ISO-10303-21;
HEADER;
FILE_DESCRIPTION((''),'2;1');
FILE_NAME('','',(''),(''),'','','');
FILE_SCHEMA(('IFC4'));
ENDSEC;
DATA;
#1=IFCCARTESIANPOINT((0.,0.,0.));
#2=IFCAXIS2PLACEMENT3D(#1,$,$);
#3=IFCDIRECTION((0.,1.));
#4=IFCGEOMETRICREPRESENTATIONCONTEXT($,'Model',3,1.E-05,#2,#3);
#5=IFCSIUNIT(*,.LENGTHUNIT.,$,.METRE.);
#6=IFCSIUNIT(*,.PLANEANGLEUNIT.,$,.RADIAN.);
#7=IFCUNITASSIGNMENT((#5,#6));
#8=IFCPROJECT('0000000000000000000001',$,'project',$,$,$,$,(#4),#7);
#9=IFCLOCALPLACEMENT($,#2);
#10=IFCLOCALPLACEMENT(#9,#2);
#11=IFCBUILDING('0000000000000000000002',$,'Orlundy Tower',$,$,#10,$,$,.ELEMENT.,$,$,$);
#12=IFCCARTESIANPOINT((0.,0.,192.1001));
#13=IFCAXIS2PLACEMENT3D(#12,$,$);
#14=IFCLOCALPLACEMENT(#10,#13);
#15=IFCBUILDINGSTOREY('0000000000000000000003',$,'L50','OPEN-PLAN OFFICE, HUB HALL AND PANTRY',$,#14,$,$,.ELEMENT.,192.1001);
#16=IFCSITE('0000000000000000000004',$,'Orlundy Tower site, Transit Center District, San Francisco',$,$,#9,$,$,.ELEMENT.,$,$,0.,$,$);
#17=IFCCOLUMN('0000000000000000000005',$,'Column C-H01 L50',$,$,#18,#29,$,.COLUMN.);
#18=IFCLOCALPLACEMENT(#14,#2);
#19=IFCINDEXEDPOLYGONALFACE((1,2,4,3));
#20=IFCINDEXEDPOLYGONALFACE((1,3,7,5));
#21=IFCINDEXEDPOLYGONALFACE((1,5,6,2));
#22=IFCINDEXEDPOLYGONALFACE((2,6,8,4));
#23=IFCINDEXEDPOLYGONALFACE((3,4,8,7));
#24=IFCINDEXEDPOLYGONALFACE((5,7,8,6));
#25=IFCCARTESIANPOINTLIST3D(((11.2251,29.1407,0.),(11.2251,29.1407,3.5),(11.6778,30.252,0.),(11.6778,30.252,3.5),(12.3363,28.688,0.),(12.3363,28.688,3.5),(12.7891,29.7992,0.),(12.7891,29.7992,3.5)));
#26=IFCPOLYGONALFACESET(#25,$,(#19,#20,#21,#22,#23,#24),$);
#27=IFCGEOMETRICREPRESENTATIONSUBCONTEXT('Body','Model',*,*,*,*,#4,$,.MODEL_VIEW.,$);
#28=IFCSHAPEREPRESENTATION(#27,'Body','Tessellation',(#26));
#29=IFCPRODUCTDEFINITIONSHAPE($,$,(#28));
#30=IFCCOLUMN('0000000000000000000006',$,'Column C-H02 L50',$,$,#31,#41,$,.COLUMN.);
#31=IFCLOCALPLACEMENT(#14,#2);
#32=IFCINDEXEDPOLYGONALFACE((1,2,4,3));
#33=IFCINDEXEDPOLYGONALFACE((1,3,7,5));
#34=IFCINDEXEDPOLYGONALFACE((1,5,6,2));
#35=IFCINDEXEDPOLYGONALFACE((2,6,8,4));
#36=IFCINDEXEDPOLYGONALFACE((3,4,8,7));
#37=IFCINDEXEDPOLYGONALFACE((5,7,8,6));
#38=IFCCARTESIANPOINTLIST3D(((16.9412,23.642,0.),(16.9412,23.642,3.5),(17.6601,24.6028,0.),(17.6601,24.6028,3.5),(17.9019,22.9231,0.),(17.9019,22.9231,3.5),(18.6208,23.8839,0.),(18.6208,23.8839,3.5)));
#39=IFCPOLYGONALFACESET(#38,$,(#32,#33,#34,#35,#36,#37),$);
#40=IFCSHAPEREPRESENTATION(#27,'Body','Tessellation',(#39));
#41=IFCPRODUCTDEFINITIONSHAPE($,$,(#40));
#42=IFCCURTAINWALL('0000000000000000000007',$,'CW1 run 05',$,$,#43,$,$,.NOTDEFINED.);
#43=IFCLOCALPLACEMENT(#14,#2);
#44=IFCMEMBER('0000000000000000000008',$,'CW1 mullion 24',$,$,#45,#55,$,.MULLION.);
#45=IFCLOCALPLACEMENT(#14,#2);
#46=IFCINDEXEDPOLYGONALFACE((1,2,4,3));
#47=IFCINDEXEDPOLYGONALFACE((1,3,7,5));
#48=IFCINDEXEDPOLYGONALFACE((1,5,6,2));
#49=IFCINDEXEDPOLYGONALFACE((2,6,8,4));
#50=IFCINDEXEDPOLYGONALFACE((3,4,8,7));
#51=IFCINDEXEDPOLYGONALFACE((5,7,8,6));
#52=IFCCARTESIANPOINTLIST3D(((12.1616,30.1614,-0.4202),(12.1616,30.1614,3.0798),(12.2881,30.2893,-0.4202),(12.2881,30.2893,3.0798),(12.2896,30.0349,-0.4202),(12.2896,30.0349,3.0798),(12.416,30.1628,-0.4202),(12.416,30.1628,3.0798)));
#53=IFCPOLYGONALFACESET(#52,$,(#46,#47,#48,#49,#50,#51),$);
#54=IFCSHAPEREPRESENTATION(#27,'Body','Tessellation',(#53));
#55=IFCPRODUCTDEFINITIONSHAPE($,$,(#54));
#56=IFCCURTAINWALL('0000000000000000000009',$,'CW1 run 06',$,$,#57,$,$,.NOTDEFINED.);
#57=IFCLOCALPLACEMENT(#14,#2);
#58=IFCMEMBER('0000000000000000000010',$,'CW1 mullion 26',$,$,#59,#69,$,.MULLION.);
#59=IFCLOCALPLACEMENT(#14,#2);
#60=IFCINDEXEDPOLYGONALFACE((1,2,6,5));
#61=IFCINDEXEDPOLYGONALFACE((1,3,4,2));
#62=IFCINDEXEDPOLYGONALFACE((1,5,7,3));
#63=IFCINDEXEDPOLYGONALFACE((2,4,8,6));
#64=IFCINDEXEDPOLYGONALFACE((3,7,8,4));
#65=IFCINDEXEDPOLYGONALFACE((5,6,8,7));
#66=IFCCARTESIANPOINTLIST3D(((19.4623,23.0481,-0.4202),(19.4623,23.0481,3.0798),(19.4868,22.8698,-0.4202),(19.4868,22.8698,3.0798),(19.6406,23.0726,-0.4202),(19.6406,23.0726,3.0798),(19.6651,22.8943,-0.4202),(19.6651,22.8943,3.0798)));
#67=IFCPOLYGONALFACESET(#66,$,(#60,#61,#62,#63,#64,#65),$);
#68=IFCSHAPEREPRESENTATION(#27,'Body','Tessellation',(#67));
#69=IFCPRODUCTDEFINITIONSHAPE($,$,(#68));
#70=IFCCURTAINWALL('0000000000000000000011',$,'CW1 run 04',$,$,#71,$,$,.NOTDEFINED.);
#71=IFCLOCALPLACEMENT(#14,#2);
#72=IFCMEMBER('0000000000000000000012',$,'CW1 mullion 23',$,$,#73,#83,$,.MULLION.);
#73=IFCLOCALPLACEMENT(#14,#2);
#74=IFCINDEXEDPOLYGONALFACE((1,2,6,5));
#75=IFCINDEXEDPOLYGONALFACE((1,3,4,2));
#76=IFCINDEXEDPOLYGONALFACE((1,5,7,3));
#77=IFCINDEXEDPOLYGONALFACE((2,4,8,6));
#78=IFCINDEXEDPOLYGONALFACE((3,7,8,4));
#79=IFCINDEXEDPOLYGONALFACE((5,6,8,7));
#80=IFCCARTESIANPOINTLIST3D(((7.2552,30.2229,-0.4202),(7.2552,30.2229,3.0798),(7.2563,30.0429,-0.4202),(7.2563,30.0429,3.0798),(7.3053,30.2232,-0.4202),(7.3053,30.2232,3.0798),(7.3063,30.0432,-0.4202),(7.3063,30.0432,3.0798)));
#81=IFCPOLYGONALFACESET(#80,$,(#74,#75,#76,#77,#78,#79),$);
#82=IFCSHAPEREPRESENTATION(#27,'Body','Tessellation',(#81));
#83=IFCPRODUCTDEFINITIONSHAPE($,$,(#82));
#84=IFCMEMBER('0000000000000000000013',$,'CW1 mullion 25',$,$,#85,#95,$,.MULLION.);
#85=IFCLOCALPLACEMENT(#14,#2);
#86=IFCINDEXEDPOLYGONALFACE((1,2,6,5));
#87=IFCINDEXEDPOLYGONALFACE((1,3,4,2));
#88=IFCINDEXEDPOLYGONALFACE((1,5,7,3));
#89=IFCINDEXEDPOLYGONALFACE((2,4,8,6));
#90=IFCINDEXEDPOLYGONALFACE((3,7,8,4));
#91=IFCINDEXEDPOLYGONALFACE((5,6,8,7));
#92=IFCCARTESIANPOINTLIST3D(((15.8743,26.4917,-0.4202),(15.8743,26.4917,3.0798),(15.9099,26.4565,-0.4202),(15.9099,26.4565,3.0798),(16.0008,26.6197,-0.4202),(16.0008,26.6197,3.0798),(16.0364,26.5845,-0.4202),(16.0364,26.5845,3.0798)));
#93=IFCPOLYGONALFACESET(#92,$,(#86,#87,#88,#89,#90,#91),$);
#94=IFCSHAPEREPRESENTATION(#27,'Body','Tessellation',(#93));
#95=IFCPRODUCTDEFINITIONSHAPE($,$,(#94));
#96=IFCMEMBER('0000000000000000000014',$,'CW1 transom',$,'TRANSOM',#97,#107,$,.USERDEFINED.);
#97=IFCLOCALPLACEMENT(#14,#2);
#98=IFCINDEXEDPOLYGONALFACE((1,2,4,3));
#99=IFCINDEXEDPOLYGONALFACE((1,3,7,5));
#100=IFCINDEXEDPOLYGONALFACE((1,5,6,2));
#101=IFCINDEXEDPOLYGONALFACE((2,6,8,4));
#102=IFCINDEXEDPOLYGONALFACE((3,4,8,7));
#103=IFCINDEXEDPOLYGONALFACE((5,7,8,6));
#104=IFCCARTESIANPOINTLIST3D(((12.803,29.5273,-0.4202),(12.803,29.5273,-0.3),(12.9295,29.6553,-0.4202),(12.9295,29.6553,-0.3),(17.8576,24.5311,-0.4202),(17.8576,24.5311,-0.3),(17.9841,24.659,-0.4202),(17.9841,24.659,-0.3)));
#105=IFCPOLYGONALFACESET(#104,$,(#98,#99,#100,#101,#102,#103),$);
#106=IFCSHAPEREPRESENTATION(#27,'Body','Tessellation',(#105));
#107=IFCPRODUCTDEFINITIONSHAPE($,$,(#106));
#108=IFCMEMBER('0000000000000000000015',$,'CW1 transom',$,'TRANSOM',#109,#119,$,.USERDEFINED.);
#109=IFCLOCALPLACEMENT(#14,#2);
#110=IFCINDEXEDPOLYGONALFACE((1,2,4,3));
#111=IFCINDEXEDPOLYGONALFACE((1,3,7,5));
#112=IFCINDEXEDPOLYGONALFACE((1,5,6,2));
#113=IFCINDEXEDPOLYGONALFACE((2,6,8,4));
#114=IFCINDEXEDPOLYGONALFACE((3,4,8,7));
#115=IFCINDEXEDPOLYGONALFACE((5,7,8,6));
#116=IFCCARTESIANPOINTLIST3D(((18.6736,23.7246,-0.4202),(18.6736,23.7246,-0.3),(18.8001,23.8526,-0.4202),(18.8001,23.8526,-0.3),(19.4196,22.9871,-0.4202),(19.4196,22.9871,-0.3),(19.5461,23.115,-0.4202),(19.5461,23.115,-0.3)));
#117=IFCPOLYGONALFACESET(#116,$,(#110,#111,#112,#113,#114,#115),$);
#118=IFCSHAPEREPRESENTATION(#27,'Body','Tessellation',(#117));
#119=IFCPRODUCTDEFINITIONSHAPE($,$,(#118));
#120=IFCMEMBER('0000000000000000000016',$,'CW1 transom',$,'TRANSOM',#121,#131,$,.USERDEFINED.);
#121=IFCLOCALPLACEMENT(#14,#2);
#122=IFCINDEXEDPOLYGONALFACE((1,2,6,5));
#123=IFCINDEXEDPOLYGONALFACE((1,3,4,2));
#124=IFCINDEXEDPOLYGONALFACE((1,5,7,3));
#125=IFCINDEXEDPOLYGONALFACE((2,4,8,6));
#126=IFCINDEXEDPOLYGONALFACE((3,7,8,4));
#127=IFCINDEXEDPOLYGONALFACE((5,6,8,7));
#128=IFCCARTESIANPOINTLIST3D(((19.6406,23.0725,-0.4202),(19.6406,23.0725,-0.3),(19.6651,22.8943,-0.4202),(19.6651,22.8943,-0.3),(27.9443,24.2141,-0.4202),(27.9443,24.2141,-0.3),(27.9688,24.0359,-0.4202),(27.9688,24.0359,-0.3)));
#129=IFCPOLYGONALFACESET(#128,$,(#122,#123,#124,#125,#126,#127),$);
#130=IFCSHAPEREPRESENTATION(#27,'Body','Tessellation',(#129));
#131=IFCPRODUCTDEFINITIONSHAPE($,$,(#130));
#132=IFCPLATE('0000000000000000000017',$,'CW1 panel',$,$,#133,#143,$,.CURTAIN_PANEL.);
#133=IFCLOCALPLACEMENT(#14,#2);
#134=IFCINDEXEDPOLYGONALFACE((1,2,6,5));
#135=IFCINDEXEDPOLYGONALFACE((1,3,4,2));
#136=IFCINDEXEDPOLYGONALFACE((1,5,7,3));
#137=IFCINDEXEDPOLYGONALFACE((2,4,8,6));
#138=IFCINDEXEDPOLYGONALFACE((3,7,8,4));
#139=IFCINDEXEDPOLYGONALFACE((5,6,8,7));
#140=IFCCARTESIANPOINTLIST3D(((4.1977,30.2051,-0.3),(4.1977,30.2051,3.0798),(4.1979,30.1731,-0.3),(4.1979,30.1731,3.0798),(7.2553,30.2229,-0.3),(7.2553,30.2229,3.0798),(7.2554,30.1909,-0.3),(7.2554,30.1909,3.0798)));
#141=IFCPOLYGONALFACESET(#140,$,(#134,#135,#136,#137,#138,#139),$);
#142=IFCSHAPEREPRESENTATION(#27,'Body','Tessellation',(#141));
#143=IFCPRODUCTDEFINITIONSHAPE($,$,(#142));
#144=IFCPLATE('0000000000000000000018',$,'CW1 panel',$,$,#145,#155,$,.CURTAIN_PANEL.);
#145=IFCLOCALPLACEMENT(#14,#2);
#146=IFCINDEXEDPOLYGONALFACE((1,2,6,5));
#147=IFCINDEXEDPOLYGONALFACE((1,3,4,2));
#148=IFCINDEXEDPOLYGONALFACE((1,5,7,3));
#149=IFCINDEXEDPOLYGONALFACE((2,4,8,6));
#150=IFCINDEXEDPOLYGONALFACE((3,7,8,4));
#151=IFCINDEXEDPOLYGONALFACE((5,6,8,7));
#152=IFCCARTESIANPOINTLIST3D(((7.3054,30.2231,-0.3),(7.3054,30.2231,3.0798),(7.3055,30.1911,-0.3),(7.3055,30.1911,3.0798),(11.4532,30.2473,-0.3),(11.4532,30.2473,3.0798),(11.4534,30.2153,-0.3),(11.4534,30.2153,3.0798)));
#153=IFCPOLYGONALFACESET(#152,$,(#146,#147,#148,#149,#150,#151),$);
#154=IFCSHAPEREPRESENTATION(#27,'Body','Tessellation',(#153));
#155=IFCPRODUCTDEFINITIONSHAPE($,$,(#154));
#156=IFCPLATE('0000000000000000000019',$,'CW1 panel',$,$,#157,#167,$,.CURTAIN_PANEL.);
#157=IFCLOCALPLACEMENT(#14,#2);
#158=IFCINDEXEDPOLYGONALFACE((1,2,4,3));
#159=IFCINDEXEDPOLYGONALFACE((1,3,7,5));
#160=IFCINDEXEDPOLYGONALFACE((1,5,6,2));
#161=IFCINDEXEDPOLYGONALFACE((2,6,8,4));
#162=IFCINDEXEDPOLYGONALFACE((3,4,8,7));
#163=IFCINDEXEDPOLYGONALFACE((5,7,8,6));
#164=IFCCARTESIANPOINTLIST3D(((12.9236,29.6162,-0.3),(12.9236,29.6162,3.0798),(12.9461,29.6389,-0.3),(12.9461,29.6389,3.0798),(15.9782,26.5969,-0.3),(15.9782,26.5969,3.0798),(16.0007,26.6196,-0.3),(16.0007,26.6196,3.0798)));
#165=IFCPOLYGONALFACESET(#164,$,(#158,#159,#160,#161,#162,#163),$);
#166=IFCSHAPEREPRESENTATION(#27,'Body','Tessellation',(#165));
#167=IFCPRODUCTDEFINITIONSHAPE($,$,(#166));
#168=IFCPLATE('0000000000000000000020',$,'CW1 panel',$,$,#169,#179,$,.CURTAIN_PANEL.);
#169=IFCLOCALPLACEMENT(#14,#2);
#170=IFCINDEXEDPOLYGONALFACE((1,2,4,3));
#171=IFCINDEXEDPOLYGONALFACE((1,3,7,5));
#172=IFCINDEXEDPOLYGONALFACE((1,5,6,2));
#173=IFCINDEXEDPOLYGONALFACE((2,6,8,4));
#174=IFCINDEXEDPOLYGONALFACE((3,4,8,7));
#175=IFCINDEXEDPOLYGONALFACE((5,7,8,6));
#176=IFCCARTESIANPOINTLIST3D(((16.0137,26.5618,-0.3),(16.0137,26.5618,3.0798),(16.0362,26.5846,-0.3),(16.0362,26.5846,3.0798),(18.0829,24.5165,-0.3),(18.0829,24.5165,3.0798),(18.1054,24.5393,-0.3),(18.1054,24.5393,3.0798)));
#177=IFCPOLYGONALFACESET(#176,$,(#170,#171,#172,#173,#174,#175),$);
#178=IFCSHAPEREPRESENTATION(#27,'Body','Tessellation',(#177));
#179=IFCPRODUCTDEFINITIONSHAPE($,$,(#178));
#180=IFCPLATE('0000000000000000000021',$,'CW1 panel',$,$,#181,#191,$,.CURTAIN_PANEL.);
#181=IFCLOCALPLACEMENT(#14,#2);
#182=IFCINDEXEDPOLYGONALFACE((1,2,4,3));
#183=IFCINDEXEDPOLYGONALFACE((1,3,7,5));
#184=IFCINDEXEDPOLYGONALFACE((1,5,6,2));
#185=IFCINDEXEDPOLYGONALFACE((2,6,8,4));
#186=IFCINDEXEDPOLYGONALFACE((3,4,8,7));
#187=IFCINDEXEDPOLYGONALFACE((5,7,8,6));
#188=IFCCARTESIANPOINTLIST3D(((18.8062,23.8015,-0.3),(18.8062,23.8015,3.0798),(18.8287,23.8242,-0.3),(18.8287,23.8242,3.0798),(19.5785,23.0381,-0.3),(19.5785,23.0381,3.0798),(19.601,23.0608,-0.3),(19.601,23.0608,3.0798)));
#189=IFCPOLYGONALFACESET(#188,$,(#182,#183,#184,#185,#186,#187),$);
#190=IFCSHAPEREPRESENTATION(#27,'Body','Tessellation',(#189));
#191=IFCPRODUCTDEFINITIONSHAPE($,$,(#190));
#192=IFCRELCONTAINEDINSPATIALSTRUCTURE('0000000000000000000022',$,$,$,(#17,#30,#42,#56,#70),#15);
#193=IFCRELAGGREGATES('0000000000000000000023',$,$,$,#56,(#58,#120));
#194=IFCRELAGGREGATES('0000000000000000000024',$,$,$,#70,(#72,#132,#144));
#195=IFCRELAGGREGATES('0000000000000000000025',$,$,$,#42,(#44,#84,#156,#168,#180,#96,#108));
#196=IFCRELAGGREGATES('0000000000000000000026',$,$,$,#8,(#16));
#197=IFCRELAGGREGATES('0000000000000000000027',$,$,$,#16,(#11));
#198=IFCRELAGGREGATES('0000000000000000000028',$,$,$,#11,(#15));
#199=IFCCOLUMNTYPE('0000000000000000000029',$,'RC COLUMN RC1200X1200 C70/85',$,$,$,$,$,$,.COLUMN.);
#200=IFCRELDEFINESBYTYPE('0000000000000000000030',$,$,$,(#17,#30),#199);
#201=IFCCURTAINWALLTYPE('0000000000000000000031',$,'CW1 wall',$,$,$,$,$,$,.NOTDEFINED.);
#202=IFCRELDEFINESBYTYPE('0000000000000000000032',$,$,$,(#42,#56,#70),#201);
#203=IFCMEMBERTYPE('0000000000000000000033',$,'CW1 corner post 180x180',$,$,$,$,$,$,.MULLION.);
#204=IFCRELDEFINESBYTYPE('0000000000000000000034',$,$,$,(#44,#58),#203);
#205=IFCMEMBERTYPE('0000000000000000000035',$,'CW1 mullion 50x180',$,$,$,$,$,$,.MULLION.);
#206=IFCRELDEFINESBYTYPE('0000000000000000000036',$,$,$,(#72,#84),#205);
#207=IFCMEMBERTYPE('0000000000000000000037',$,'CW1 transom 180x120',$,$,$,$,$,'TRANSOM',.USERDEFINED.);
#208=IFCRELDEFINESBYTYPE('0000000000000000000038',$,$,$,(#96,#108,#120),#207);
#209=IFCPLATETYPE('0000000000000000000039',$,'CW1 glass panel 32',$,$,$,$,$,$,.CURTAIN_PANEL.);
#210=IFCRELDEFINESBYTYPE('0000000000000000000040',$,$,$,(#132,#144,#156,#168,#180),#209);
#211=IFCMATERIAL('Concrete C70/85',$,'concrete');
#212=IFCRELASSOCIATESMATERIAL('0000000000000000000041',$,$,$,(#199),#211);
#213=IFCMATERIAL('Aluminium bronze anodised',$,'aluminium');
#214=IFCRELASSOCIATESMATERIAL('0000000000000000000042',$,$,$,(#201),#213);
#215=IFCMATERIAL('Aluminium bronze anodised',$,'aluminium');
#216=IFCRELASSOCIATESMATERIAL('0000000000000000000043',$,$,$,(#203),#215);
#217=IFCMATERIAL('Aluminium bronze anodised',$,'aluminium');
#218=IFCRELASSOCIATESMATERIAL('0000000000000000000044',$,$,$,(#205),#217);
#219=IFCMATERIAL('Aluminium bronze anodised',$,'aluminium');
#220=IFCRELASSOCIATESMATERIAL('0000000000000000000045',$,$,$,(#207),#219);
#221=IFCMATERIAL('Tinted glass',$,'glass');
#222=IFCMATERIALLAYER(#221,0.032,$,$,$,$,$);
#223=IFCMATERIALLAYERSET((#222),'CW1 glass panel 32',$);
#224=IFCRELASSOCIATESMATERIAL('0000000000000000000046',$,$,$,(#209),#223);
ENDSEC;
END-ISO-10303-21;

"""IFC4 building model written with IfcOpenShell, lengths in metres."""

from ifc_helpers import new_model, si_unit, direction, frame, origin, origin_2d, place, context, subcontext, project, spatial, rectangle, extrude, material, layer, layer_set, material_profile, profile_set, type_object, element, aggregate, save


model = new_model("IFC4")

# Units and contexts
model_context = context("Model", 3, precision=1e-05, world=origin(), true_north=direction((0.0, 1.0)))
body_context = subcontext(model_context, "Body", "Model", "MODEL_VIEW")
ifc_project = project(units=[si_unit("LENGTHUNIT", "METRE"), si_unit("PLANEANGLEUNIT", "RADIAN")], contexts=[model_context])

# Site, building, storey
site_placement = place(None, origin())
site = spatial("IfcSite", under=ifc_project, at=site_placement, Name="Orlundy Tower site, Transit Center District, San Francisco", CompositionType="ELEMENT", RefElevation=0.0)
building_placement = place(site_placement, origin())
building = spatial("IfcBuilding", under=site, at=building_placement, Name="Orlundy Tower", CompositionType="ELEMENT")
storey_placement = place(building_placement, frame((0.0, 0.0, 192.1001)))
storey = spatial("IfcBuildingStorey", under=building, at=storey_placement, Name="L50", Description="OPEN-PLAN OFFICE, HUB HALL AND PANTRY", CompositionType="ELEMENT", Elevation=192.1001)

# Columns
ifc_material_1 = material(Name="Concrete C70/85", Category="concrete")
ifc_material_profile_1 = material_profile(ifc_material_1, rectangle(XDim=1.2, YDim=1.2, at=origin_2d()), Name="RC1200X1200")
ifc_profile_set_1 = profile_set([ifc_material_profile_1], Name="Concrete C70/85")
column_type = type_object("IfcColumnType", Name="RC COLUMN RC1200X1200 C70/85", PredefinedType="COLUMN", material=ifc_profile_set_1)
for number, where, z_axis, x_axis, name in (
    (1, (12.0071, 29.47, 0.0), (0.0, 0.0, 1.0), (0.377324, 0.926081, 0.0), "Column C-H01 L50"),
    (2, (17.781, 23.7629, 0.0), (0.0, 0.0, 1.0), (0.599107, 0.800669, 0.0), "Column C-H02 L50"),
):
    element("IfcColumn", number, at=place(storey_placement, frame(where, z_axis=z_axis, x_axis=x_axis)), inside=storey, type_object=column_type, Name=name, PredefinedType="COLUMN", context=body_context, shape_type="SweptSolid", body=[
        extrude(rectangle(XDim=1.2, YDim=1.2, at=origin_2d()), origin(), (0.0, 0.0, 1.0), 3.5),
    ])

# Curtain walls, members
ifc_material_2 = material(Name="Aluminium bronze anodised", Category="aluminium")
curtain_wall_type = type_object("IfcCurtainWallType", Name="CW1 wall", PredefinedType="NOTDEFINED", material=ifc_material_2)
curtain_wall_1_placement = place(storey_placement, origin())
curtain_wall_1 = element("IfcCurtainWall", 3, at=curtain_wall_1_placement, inside=storey, type_object=curtain_wall_type, Name="CW1 run 05", PredefinedType="NOTDEFINED")
ifc_material_3 = material(Name="Aluminium bronze anodised", Category="aluminium")
ifc_material_profile_2 = material_profile(ifc_material_3, rectangle(XDim=0.1799, YDim=0.1799, at=origin_2d()), Name="CW1 corner post 180x180")
ifc_profile_set_2 = profile_set([ifc_material_profile_2], Name="Aluminium bronze anodised")
member_type_1 = type_object("IfcMemberType", Name="CW1 corner post 180x180", PredefinedType="MULLION", material=ifc_profile_set_2)
member_1_placement = place(storey_placement, frame((12.2888, 30.1621, -0.4202), z_axis=(0.0, 0.0, 1.0), x_axis=(0.702992, 0.711198, 0.0)))
member_1 = element("IfcMember", 4, at=member_1_placement, type_object=member_type_1, Name="CW1 mullion 24", PredefinedType="MULLION", context=body_context, shape_type="SweptSolid", body=[
    extrude(rectangle(XDim=0.1799, YDim=0.1799, at=origin_2d()), origin(), (0.0, 0.0, 1.0), 3.5),
])
curtain_wall_2_placement = place(storey_placement, origin())
curtain_wall_2 = element("IfcCurtainWall", 5, at=curtain_wall_2_placement, inside=storey, type_object=curtain_wall_type, Name="CW1 run 06", PredefinedType="NOTDEFINED")
member_2_placement = place(storey_placement, frame((19.5637, 22.9712, -0.4202), z_axis=(0.0, 0.0, 1.0), x_axis=(-0.136185, 0.990683, 0.0)))
member_2 = element("IfcMember", 6, at=member_2_placement, type_object=member_type_1, Name="CW1 mullion 26", PredefinedType="MULLION", context=body_context, shape_type="SweptSolid", body=[
    extrude(rectangle(XDim=0.1799, YDim=0.1799, at=origin_2d()), origin(), (0.0, 0.0, 1.0), 3.5),
])
curtain_wall_3_placement = place(storey_placement, origin())
curtain_wall_3 = element("IfcCurtainWall", 7, at=curtain_wall_3_placement, inside=storey, type_object=curtain_wall_type, Name="CW1 run 04", PredefinedType="NOTDEFINED")
ifc_material_4 = material(Name="Aluminium bronze anodised", Category="aluminium")
ifc_material_profile_3 = material_profile(ifc_material_4, rectangle(XDim=0.1799, YDim=0.05, at=origin_2d()), Name="CW1 mullion 50x180")
ifc_profile_set_3 = profile_set([ifc_material_profile_3], Name="Aluminium bronze anodised")
member_type_2 = type_object("IfcMemberType", Name="CW1 mullion 50x180", PredefinedType="MULLION", material=ifc_profile_set_3)
member_3_placement = place(storey_placement, frame((7.2808, 30.1331, -0.4202), z_axis=(0.0, 0.0, 1.0), x_axis=(-0.005834, 0.999983, 0.0)))
member_3 = element("IfcMember", 8, at=member_3_placement, type_object=member_type_2, Name="CW1 mullion 23", PredefinedType="MULLION", context=body_context, shape_type="SweptSolid", body=[
    extrude(rectangle(XDim=0.1799, YDim=0.05, at=origin_2d()), origin(), (0.0, 0.0, 1.0), 3.5),
])

# Members
member_4_placement = place(storey_placement, frame((15.9553, 26.5381, -0.4202), z_axis=(0.0, 0.0, 1.0), x_axis=(0.702992, 0.711198, 0.0)))
member_4 = element("IfcMember", 9, at=member_4_placement, type_object=member_type_2, Name="CW1 mullion 25", PredefinedType="MULLION", context=body_context, shape_type="SweptSolid", body=[
    extrude(rectangle(XDim=0.1799, YDim=0.05, at=origin_2d()), origin(), (0.0, 0.0, 1.0), 3.5),
])
ifc_material_5 = material(Name="Aluminium bronze anodised", Category="aluminium")
ifc_material_profile_4 = material_profile(ifc_material_5, rectangle(XDim=0.1799, YDim=0.1201, at=origin_2d()), Name="CW1 transom 180x120")
ifc_profile_set_4 = profile_set([ifc_material_profile_4], Name="Aluminium bronze anodised")
member_type_3 = type_object("IfcMemberType", Name="CW1 transom 180x120", ElementType="TRANSOM", PredefinedType="USERDEFINED", material=ifc_profile_set_4)
member_5_placement = place(storey_placement, frame((12.8662, 29.5913, -0.3601), z_axis=(0.7112, -0.70299, 0.0), x_axis=(0.70299, 0.7112, 0.0)))
member_5 = element("IfcMember", 10, at=member_5_placement, type_object=member_type_3, Name="CW1 transom", ObjectType="TRANSOM", PredefinedType="USERDEFINED", context=body_context, shape_type="SweptSolid", body=[
    extrude(rectangle(XDim=0.1799, YDim=0.1201, at=origin_2d()), origin(), (0.0, 0.0, 1.0), 7.1072),
])
member_6_placement = place(storey_placement, frame((18.7368, 23.7886, -0.3601), z_axis=(0.711168, -0.703023, 0.0), x_axis=(0.703023, 0.711168, 0.0)))
member_6 = element("IfcMember", 11, at=member_6_placement, type_object=member_type_3, Name="CW1 transom", ObjectType="TRANSOM", PredefinedType="USERDEFINED", context=body_context, shape_type="SweptSolid", body=[
    extrude(rectangle(XDim=0.1799, YDim=0.1201, at=origin_2d()), origin(), (0.0, 0.0, 1.0), 1.0491),
])
member_7_placement = place(storey_placement, frame((19.6528, 22.9834, -0.3601), z_axis=(0.990681, 0.1362, 0.0), x_axis=(-0.1362, 0.990681, 0.0)))
member_7 = element("IfcMember", 12, at=member_7_placement, type_object=member_type_3, Name="CW1 transom", ObjectType="TRANSOM", PredefinedType="USERDEFINED", context=body_context, shape_type="SweptSolid", body=[
    extrude(rectangle(XDim=0.1799, YDim=0.1201, at=origin_2d()), origin(), (0.0, 0.0, 1.0), 8.3818),
])
aggregate(curtain_wall_2, [member_2, member_7])

# Plates
ifc_material_6 = material(Name="Tinted glass", Category="glass")
ifc_layer_1 = layer(ifc_material_6, 0.032)
ifc_layer_set_1 = layer_set([ifc_layer_1], Name="CW1 glass panel 32")
plate_type = type_object("IfcPlateType", Name="CW1 glass panel 32", PredefinedType="CURTAIN_PANEL", material=ifc_layer_set_1)
plate_1_placement = place(storey_placement, frame((5.7266, 30.198, -0.3), z_axis=(0.0, 0.0, 1.0), x_axis=(0.999983, 0.005834, 0.0)))
plate_1 = element("IfcPlate", 13, at=plate_1_placement, type_object=plate_type, Name="CW1 panel", PredefinedType="CURTAIN_PANEL", context=body_context, shape_type="SweptSolid", body=[
    extrude(rectangle(XDim=3.0576, YDim=0.032, at=origin_2d()), origin(), (0.0, 0.0, 1.0), 3.3799),
])
plate_2_placement = place(storey_placement, frame((9.3794, 30.2192, -0.3), z_axis=(0.0, 0.0, 1.0), x_axis=(0.999983, 0.005834, 0.0)))
plate_2 = element("IfcPlate", 14, at=plate_2_placement, type_object=plate_type, Name="CW1 panel", PredefinedType="CURTAIN_PANEL", context=body_context, shape_type="SweptSolid", body=[
    extrude(rectangle(XDim=4.1479, YDim=0.032, at=origin_2d()), origin(), (0.0, 0.0, 1.0), 3.3799),
])
aggregate(curtain_wall_3, [member_3, plate_1, plate_2])
plate_3_placement = place(storey_placement, frame((14.4622, 28.1179, -0.3), z_axis=(0.0, 0.0, 1.0), x_axis=(0.711198, -0.702992, 0.0)))
plate_3 = element("IfcPlate", 15, at=plate_3_placement, type_object=plate_type, Name="CW1 panel", PredefinedType="CURTAIN_PANEL", context=body_context, shape_type="SweptSolid", body=[
    extrude(rectangle(XDim=4.2949, YDim=0.032, at=origin_2d()), origin(), (0.0, 0.0, 1.0), 3.3799),
])
plate_4_placement = place(storey_placement, frame((17.0596, 25.5505, -0.3), z_axis=(0.0, 0.0, 1.0), x_axis=(0.711198, -0.702992, 0.0)))
plate_4 = element("IfcPlate", 16, at=plate_4_placement, type_object=plate_type, Name="CW1 panel", PredefinedType="CURTAIN_PANEL", context=body_context, shape_type="SweptSolid", body=[
    extrude(rectangle(XDim=2.9094, YDim=0.032, at=origin_2d()), origin(), (0.0, 0.0, 1.0), 3.3799),
])
plate_5_placement = place(storey_placement, frame((19.2036, 23.4312, -0.3), z_axis=(0.0, 0.0, 1.0), x_axis=(0.711198, -0.702992, 0.0)))
plate_5 = element("IfcPlate", 17, at=plate_5_placement, type_object=plate_type, Name="CW1 panel", PredefinedType="CURTAIN_PANEL", context=body_context, shape_type="SweptSolid", body=[
    extrude(rectangle(XDim=1.0859, YDim=0.032, at=origin_2d()), origin(), (0.0, 0.0, 1.0), 3.3799),
])
aggregate(curtain_wall_1, [member_1, member_4, plate_3, plate_4, plate_5, member_5, member_6])

save(model, "model.ifc")
